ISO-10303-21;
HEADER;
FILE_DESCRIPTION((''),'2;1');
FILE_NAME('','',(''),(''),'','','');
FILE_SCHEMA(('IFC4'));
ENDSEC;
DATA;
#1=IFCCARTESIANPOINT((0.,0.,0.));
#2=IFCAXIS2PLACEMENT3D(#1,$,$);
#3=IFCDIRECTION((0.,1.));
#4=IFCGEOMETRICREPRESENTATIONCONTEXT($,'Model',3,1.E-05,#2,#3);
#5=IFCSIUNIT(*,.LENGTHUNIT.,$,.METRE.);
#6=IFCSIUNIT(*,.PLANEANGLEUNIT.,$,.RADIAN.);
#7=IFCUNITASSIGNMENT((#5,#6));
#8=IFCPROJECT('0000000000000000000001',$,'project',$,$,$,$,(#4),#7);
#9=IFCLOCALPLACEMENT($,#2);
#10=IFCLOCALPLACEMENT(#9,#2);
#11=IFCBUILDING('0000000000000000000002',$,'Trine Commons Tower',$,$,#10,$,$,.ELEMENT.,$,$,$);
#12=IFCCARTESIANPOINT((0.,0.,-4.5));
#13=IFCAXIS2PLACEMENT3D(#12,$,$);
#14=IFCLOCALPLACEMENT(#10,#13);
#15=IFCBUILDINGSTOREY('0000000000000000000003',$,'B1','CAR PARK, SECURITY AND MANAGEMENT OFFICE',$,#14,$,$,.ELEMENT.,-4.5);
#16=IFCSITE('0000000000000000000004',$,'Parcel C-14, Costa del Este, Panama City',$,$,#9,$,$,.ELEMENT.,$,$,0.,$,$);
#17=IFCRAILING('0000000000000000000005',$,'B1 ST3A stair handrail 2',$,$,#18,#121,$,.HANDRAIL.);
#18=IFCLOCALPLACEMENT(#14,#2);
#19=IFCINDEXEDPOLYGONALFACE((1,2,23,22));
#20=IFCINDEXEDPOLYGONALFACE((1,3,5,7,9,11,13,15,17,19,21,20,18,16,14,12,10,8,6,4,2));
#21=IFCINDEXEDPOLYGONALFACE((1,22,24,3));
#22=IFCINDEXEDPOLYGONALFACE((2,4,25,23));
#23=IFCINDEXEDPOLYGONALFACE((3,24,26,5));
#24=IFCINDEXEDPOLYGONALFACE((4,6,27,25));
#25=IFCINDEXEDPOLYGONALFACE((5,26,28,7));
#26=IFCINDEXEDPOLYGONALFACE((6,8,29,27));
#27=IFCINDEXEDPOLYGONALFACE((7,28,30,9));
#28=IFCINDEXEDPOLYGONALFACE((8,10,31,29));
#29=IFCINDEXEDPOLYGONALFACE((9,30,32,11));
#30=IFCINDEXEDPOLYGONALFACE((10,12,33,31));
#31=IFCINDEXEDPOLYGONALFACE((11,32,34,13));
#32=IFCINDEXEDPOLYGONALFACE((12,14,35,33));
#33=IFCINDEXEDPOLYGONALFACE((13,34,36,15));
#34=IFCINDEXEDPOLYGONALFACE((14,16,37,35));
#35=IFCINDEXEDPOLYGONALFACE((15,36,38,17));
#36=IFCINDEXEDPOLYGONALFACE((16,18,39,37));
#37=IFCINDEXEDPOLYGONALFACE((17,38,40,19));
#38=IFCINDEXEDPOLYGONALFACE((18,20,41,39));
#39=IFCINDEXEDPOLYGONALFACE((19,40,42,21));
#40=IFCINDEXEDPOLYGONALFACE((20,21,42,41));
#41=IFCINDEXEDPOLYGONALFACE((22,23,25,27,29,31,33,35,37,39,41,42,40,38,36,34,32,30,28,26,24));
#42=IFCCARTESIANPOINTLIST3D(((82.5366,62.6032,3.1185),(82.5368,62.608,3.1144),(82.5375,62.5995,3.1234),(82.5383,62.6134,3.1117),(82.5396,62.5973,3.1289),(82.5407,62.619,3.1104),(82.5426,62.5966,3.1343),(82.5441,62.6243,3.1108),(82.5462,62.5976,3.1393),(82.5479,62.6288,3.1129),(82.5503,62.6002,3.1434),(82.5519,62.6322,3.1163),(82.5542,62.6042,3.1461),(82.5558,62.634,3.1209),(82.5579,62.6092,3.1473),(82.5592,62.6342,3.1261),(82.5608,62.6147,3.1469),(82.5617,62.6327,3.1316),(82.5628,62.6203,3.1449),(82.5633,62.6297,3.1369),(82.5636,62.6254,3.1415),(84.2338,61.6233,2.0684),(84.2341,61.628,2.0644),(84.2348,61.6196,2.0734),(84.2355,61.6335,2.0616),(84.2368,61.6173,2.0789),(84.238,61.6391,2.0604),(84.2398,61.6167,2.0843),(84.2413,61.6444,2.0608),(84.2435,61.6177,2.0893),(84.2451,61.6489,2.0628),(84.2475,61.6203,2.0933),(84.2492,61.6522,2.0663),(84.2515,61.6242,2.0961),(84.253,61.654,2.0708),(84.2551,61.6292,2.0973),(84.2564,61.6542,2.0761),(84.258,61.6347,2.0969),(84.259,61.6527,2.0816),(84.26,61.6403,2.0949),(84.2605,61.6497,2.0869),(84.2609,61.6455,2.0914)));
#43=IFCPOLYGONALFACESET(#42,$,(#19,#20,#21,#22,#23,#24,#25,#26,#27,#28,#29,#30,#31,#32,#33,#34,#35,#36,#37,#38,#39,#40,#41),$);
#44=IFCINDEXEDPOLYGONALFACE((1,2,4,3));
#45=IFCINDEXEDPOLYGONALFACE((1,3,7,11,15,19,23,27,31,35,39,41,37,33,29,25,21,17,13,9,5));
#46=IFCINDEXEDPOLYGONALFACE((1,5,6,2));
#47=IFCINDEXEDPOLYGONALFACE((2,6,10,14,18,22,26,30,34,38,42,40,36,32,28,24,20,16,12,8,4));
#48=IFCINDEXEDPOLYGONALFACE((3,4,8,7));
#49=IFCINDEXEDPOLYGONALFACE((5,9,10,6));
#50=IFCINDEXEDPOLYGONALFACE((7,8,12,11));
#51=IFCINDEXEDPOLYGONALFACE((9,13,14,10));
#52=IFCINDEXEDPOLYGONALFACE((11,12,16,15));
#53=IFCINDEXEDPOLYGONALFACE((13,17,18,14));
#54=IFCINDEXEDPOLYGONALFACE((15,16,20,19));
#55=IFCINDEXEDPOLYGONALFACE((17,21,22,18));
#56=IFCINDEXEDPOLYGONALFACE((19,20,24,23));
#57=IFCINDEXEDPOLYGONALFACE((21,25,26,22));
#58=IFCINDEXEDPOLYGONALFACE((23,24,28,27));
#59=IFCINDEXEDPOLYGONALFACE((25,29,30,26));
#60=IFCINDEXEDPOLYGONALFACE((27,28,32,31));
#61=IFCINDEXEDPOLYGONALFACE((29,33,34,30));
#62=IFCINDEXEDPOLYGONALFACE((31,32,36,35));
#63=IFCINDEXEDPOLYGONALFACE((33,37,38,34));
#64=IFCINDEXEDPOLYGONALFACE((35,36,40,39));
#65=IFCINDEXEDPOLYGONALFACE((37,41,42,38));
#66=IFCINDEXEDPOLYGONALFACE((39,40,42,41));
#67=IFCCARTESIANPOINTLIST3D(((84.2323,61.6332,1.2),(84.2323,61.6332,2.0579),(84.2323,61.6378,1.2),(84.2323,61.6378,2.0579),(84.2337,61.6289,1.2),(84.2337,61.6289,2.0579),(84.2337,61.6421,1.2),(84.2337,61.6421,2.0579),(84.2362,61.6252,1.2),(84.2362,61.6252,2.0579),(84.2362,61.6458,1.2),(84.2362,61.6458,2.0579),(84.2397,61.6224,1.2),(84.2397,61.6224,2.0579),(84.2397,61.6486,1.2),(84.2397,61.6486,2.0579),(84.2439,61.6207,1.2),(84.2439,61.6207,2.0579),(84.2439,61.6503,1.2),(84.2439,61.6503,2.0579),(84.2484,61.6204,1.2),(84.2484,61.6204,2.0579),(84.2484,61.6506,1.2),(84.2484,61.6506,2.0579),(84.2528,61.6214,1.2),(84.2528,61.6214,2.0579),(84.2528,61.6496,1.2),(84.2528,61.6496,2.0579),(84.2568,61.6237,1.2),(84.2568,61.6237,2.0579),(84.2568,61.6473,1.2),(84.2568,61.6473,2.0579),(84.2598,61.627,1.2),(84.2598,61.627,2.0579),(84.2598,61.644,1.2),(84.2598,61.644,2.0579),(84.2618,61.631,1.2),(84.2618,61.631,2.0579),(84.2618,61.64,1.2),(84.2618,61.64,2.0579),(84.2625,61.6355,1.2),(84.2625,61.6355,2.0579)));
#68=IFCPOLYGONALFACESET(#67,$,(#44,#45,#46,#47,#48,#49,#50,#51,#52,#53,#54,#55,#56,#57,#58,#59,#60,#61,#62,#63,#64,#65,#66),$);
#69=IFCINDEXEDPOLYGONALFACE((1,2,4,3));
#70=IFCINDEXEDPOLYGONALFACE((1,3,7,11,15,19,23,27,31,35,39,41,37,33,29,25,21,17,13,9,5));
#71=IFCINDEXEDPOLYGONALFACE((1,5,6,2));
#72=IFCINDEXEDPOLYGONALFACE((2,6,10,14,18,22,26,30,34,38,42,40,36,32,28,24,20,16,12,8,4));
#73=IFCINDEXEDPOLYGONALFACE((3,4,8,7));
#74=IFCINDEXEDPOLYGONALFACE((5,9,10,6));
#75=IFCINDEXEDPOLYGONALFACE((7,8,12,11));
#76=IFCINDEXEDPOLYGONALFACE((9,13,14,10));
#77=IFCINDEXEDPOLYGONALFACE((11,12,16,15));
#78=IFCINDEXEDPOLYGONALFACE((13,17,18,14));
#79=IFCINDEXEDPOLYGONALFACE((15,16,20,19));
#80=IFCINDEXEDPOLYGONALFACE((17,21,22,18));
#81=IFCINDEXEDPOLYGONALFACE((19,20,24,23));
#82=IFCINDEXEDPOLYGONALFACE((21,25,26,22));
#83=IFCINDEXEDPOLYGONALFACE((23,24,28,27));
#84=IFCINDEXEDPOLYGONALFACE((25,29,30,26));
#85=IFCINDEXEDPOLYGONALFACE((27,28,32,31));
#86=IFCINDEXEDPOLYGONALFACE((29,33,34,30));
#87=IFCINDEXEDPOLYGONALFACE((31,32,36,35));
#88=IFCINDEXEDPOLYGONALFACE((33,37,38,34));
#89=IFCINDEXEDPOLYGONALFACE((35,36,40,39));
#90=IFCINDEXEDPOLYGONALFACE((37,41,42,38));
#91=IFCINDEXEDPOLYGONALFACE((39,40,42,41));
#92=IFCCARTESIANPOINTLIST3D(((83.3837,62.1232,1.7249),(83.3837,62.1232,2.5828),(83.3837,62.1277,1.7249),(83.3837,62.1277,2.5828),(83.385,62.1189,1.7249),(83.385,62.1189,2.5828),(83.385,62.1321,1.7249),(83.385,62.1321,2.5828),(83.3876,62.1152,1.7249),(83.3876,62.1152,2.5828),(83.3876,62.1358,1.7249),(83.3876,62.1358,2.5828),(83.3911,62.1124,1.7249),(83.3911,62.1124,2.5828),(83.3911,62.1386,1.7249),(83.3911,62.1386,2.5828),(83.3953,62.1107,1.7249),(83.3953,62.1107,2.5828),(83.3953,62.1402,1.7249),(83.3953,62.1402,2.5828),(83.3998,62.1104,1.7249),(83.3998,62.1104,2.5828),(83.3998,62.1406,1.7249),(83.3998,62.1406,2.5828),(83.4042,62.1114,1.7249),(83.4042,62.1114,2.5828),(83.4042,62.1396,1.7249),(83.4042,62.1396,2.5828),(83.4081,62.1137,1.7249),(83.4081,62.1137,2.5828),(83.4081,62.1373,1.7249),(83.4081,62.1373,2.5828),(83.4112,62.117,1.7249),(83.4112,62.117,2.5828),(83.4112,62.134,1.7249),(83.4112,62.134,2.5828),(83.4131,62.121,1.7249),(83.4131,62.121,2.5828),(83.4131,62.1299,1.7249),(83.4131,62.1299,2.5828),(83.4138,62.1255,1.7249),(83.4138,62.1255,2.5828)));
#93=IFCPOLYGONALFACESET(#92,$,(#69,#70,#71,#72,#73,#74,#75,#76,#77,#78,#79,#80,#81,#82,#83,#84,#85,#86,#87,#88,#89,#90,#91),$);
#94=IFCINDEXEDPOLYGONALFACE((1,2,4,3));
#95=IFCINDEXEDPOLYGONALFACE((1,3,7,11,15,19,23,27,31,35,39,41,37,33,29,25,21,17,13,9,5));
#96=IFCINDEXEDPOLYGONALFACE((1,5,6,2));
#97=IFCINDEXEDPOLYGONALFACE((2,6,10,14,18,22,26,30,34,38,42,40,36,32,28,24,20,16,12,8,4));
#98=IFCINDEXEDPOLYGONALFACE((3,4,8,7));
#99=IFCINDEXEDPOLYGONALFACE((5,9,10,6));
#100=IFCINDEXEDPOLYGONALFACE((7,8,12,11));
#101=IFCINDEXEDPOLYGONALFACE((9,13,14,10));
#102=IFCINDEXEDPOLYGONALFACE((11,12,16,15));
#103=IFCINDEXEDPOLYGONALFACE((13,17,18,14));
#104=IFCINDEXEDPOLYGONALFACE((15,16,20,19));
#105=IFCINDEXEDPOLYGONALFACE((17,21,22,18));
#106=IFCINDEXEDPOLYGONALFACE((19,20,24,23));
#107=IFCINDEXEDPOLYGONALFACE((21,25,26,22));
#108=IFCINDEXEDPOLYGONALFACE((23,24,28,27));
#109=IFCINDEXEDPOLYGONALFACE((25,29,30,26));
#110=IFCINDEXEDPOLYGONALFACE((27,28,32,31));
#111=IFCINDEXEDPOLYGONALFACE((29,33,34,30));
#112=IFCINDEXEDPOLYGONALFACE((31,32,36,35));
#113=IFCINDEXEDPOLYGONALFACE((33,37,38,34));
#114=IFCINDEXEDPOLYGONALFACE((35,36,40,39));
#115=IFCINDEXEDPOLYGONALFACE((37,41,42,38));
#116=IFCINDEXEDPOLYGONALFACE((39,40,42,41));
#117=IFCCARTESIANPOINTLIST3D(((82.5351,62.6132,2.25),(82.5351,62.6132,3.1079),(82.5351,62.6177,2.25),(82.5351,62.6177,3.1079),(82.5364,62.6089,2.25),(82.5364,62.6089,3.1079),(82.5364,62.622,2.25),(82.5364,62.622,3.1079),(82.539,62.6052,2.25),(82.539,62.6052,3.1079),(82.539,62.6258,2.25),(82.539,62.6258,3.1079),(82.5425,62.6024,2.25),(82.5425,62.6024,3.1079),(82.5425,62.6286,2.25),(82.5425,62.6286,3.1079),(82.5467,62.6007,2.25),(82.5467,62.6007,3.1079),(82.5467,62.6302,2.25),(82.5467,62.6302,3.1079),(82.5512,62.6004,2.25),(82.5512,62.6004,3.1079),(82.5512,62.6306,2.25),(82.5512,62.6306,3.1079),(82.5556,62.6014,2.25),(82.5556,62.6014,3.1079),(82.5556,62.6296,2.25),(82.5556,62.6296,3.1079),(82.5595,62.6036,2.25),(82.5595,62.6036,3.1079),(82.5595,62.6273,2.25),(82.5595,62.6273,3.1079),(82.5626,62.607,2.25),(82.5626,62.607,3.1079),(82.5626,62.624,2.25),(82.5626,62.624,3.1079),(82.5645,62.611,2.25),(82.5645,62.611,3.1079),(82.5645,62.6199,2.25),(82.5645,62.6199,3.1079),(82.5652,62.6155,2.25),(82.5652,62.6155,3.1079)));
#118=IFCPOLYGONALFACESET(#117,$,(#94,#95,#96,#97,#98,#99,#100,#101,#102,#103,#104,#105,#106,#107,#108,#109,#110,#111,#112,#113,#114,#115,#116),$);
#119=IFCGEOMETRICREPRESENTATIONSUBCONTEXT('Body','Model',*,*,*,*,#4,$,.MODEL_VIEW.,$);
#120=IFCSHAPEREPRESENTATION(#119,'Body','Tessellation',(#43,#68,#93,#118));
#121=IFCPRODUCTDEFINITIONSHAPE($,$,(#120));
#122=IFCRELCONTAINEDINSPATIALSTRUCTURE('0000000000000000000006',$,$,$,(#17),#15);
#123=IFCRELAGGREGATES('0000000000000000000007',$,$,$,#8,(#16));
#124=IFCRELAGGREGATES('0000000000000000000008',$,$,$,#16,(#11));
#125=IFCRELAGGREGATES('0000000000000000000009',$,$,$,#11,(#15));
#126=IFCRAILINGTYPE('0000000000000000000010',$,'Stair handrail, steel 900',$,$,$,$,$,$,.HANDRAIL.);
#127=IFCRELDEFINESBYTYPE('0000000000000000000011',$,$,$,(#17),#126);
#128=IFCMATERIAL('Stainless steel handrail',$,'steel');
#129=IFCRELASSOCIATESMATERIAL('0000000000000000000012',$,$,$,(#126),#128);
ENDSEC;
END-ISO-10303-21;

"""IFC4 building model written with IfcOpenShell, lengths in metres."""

from ifc_helpers import new_model, si_unit, direction, frame, origin, origin_2d, place, context, subcontext, project, spatial, circle, extrude, material, type_object, element, save


model = new_model("IFC4")

# Units and contexts
model_context = context("Model", 3, precision=1e-05, world=origin(), true_north=direction((0.0, 1.0)))
body_context = subcontext(model_context, "Body", "Model", "MODEL_VIEW")
ifc_project = project(units=[si_unit("LENGTHUNIT", "METRE"), si_unit("PLANEANGLEUNIT", "RADIAN")], contexts=[model_context])

# Site, building, storey
site_placement = place(None, origin())
site = spatial("IfcSite", under=ifc_project, at=site_placement, Name="Parcel C-14, Costa del Este, Panama City", CompositionType="ELEMENT", RefElevation=0.0)
building_placement = place(site_placement, origin())
building = spatial("IfcBuilding", under=site, at=building_placement, Name="Trine Commons Tower", CompositionType="ELEMENT")
storey_placement = place(building_placement, frame((0.0, 0.0, -4.5)))
storey = spatial("IfcBuildingStorey", under=building, at=storey_placement, Name="B1", Description="CAR PARK, SECURITY AND MANAGEMENT OFFICE", CompositionType="ELEMENT", Elevation=-4.5)

# Railing
ifc_material_1 = material(Name="Stainless steel handrail", Category="steel")
railing_type_1 = type_object("IfcRailingType", Name="Stair handrail, steel 900", PredefinedType="HANDRAIL", material=ifc_material_1)
railing_1_placement = place(storey_placement, frame((84.2473, 61.6355, 1.2)))
element("IfcRailing", 1, at=railing_1_placement, inside=storey, type_object=railing_type_1, Name="B1 ST3A stair handrail 2", PredefinedType="HANDRAIL", context=body_context, shape_type="SweptSolid", body=[
    extrude(circle(Radius=0.021, at=origin_2d()), frame((0.0, 0.0, 0.8789), z_axis=(-0.763352, 0.44075, 0.472264), x_axis=(-0.500024, -0.866011, 0.0)), (0.0, 0.0, 1.0), 2.2234),
    extrude(circle(Radius=0.0151, at=origin_2d()), origin(), (0.0, 0.0, 1.0), 0.8579),
    extrude(circle(Radius=0.0151, at=origin_2d()), frame((-0.8486, 0.49, 0.5249)), (0.0, 0.0, 1.0), 0.8579),
    extrude(circle(Radius=0.0151, at=origin_2d()), frame((-1.6973, 0.98, 1.05)), (0.0, 0.0, 1.0), 0.8579),
])

save(model, "model.ifc")
